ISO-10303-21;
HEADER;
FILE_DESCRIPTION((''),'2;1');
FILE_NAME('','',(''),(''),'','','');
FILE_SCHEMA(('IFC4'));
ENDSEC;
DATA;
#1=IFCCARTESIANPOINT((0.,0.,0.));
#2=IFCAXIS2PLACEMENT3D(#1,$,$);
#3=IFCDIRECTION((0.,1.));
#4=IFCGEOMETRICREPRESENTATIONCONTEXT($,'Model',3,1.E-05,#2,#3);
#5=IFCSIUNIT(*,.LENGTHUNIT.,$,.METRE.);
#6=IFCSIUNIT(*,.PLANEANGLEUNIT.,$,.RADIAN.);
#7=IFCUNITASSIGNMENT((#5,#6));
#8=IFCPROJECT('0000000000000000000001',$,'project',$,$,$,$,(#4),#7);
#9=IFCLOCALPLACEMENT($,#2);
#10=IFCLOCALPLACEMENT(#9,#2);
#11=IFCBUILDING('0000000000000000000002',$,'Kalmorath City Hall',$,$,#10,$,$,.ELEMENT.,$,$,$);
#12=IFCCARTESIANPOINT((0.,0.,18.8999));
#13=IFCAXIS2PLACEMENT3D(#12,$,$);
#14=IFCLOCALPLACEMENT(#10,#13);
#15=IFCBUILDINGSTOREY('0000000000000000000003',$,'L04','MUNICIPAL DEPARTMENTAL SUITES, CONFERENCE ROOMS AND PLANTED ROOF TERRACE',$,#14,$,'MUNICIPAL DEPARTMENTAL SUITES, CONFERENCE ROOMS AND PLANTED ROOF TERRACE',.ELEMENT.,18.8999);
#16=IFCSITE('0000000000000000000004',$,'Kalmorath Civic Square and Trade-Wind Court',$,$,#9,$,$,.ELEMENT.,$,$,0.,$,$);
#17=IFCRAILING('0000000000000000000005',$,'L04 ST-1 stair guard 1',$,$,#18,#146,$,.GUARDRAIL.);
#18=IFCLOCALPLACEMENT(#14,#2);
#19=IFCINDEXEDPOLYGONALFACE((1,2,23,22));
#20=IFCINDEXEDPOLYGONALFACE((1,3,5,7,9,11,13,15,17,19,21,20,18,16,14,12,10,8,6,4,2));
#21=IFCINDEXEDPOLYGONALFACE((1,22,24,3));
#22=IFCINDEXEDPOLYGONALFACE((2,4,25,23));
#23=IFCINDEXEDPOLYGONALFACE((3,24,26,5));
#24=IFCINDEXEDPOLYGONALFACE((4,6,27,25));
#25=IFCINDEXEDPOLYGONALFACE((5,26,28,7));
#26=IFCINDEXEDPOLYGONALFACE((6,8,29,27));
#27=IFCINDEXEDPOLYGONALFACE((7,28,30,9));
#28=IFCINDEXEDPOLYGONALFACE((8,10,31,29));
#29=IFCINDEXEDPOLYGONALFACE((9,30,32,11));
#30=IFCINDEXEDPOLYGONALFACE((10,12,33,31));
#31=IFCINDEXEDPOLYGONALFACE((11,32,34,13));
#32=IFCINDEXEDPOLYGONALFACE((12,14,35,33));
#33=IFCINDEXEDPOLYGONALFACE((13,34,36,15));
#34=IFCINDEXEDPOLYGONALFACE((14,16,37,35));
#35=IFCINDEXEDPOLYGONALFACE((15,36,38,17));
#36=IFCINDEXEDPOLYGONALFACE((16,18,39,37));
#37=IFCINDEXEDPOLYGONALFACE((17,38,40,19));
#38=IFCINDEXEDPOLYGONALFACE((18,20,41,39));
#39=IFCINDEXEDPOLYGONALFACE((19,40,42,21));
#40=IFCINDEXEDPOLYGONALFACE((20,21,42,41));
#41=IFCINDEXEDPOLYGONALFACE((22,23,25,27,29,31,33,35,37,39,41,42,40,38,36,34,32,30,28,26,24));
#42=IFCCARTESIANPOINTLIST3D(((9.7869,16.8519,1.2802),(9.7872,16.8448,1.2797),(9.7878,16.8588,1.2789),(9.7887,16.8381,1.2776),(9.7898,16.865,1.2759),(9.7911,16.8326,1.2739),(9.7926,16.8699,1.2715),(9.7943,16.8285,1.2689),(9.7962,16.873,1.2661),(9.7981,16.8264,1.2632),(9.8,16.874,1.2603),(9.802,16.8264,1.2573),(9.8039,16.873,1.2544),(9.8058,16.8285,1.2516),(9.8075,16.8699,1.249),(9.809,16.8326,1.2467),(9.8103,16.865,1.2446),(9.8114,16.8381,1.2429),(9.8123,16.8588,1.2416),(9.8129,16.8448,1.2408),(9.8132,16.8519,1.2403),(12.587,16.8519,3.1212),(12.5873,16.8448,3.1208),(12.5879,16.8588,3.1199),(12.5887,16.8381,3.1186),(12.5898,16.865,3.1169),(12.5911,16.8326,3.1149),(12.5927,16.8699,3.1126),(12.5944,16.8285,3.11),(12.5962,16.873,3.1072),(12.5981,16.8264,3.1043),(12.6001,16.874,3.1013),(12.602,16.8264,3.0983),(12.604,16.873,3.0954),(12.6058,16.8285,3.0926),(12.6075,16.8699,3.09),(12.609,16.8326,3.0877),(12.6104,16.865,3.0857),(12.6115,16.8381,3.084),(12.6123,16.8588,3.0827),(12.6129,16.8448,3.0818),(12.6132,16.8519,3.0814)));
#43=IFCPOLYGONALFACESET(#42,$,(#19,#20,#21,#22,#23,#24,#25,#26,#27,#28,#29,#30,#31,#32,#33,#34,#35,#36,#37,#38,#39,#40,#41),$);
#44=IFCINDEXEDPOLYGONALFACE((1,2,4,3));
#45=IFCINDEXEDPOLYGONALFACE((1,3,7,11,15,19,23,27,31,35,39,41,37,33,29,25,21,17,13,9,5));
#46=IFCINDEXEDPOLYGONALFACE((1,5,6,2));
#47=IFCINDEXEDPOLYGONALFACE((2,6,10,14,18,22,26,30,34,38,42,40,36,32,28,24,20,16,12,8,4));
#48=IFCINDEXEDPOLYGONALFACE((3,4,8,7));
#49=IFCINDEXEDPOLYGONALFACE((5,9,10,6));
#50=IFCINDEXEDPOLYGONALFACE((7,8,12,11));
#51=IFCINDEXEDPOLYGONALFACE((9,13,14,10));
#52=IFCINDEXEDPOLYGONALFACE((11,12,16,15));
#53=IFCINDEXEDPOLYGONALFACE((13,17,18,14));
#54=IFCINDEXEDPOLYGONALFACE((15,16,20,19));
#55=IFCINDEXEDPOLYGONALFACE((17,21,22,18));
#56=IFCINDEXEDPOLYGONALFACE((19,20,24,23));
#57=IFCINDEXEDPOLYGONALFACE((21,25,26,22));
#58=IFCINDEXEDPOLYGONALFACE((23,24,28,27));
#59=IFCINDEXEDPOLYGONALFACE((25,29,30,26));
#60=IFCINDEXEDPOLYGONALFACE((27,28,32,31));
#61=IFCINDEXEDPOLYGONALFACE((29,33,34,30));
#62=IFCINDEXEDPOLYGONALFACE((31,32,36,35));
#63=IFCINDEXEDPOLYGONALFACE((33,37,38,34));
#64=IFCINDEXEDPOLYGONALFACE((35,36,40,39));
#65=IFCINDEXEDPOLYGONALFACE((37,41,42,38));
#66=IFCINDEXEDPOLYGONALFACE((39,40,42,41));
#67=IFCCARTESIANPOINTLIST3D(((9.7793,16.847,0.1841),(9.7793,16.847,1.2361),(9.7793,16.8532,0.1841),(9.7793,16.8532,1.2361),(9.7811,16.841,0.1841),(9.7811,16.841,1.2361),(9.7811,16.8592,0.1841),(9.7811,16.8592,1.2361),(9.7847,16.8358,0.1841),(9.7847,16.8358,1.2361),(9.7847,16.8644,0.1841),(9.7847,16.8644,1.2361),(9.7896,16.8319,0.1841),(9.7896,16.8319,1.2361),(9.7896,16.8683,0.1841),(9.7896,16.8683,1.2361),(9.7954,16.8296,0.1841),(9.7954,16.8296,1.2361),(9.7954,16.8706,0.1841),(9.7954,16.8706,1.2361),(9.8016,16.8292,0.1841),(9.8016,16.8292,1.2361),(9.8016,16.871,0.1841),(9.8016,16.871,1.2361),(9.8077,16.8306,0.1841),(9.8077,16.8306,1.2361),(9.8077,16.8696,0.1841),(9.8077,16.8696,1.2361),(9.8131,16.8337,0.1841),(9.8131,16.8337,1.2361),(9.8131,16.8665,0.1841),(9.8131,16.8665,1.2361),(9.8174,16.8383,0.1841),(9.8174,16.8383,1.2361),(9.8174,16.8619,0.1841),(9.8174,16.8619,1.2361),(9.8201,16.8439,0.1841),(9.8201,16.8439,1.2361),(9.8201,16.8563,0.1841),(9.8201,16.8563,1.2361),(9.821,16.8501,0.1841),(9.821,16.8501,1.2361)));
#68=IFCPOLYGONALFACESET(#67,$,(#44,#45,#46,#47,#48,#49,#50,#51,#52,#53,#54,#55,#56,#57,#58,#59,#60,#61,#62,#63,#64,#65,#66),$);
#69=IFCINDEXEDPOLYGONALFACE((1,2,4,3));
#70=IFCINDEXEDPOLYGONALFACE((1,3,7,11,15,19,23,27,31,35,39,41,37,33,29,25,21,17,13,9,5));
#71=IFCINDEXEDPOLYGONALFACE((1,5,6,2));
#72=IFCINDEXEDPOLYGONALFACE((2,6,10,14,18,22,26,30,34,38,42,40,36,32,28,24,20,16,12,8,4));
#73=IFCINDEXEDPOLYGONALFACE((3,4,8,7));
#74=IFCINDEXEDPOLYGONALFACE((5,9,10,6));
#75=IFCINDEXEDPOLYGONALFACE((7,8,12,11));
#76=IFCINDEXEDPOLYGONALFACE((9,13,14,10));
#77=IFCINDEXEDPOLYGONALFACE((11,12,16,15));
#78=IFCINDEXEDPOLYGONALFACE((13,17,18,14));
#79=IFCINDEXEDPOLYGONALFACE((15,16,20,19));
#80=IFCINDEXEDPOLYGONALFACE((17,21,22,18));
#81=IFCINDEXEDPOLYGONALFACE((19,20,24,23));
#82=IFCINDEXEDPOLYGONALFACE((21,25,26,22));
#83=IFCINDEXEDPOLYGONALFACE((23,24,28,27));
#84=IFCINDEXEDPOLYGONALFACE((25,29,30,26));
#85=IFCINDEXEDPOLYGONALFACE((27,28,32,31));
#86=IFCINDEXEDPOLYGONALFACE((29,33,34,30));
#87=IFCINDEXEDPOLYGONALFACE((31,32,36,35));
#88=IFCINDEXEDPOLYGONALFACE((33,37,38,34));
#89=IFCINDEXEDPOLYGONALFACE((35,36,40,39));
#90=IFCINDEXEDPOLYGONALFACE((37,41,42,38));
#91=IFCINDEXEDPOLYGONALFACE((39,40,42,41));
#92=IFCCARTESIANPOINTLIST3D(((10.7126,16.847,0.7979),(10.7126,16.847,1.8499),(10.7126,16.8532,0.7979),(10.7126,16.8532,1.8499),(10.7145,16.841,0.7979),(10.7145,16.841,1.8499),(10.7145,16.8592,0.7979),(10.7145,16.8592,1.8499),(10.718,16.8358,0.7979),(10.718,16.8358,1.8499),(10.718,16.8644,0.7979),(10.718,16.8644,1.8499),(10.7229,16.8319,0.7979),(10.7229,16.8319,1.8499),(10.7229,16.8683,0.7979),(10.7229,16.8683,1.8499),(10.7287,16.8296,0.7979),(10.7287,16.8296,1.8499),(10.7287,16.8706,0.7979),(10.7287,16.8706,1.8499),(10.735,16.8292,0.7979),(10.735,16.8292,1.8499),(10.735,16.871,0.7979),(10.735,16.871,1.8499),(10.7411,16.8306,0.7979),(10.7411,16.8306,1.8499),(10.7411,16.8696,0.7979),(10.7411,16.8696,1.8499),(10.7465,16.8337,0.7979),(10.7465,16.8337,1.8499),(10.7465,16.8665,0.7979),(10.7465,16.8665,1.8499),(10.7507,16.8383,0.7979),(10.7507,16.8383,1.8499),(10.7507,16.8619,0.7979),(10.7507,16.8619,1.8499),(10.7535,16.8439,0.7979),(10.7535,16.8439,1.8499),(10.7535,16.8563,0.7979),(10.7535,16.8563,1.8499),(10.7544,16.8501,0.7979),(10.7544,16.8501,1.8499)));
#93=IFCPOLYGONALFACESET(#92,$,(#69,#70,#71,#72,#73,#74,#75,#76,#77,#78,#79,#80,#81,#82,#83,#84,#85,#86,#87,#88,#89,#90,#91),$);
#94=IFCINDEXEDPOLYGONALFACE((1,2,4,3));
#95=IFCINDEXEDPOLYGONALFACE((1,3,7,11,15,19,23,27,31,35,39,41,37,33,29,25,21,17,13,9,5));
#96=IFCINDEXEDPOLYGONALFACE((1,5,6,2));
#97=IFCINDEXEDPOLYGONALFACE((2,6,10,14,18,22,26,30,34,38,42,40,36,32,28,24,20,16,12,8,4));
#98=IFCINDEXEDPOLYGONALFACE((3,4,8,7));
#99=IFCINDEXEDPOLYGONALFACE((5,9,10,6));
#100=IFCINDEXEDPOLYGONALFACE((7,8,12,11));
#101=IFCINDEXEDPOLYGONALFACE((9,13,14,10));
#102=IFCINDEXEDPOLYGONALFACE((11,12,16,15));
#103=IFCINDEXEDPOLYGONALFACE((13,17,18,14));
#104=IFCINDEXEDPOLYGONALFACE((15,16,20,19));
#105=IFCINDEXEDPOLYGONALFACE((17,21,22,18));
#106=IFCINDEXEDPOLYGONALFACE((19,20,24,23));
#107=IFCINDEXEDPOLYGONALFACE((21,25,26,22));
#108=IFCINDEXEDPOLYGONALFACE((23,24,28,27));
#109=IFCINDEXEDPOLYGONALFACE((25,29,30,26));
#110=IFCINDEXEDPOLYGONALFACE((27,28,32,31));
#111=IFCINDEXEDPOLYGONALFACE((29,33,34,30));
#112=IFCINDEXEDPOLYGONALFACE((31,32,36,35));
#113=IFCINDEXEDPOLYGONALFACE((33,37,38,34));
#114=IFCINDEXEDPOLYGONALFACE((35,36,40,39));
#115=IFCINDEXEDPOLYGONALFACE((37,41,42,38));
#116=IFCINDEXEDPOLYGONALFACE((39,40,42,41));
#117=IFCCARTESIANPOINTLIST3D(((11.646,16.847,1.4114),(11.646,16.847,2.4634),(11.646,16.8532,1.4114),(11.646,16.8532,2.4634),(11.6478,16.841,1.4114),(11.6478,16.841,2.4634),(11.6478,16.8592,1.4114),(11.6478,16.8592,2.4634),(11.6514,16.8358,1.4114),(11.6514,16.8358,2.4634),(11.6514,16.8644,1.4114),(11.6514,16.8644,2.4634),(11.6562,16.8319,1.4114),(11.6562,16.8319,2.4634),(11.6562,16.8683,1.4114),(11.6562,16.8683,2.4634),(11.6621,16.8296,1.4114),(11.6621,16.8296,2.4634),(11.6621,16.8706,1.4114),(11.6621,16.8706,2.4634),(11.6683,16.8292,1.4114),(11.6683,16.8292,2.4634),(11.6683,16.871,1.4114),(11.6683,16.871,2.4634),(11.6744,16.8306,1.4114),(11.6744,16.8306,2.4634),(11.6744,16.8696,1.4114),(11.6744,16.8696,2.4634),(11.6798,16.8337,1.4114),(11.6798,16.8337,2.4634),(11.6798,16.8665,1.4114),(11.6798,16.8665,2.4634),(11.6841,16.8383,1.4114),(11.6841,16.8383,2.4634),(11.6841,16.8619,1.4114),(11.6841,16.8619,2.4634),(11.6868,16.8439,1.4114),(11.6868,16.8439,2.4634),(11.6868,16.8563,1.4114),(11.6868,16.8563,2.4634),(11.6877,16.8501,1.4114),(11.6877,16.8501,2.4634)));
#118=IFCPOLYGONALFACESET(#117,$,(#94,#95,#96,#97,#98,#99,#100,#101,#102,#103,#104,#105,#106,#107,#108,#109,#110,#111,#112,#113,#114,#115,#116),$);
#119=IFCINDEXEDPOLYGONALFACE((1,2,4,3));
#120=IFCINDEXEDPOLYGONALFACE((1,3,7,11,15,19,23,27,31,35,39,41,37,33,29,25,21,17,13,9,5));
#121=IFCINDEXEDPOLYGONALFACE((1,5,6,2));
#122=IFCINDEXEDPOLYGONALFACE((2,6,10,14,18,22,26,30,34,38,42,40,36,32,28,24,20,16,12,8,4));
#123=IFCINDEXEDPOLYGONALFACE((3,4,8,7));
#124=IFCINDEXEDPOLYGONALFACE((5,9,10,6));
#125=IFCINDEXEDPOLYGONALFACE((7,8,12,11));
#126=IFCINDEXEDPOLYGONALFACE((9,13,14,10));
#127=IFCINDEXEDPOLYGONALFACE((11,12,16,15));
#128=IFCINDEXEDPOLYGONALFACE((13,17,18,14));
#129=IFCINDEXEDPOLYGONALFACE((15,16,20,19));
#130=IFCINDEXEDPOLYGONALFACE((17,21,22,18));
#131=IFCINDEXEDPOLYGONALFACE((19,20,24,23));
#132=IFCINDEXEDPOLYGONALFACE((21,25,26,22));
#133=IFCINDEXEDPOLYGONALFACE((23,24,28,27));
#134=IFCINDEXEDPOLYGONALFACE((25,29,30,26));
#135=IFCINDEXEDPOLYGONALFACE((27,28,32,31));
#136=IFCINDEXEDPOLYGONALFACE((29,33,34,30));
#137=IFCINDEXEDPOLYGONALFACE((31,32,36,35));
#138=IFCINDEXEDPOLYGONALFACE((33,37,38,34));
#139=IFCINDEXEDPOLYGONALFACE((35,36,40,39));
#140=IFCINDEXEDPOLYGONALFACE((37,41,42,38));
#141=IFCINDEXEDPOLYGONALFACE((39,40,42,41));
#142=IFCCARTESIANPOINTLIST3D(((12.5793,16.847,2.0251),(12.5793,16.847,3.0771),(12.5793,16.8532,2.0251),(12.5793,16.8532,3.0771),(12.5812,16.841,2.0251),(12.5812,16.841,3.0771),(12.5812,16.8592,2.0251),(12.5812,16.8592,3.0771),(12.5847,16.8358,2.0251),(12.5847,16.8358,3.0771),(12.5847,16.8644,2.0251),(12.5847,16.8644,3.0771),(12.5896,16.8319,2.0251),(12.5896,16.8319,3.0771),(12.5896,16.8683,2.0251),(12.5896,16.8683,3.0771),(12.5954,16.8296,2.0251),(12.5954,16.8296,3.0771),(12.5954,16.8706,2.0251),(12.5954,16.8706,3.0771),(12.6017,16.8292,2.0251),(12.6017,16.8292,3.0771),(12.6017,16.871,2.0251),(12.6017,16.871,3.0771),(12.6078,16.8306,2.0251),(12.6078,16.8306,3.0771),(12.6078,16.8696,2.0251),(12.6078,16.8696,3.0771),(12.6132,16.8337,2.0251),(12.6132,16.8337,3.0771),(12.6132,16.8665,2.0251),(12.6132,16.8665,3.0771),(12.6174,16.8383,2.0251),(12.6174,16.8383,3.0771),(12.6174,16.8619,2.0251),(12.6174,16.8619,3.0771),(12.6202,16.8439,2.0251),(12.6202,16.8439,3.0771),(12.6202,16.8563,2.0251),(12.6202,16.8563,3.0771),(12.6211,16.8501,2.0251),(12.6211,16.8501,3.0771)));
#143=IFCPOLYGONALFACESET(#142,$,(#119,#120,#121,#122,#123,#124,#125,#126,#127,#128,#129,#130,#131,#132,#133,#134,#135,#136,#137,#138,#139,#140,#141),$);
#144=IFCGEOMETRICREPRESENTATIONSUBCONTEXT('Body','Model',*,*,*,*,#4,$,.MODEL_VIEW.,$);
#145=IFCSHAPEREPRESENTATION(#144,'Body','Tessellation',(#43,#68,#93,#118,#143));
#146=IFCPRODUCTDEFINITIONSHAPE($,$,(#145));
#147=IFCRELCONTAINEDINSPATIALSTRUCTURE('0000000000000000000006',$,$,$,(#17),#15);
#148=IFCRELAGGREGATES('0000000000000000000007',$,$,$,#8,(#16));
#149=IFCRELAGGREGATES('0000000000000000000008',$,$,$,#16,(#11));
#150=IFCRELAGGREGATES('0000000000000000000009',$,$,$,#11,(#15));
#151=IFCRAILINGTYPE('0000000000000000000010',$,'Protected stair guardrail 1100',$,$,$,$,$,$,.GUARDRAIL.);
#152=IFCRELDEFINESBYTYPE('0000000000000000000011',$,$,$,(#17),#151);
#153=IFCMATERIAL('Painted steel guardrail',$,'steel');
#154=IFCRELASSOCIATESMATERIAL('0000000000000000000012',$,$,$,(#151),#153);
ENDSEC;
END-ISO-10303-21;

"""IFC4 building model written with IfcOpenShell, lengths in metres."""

from ifc_helpers import new_model, si_unit, direction, frame, origin, origin_2d, place, context, subcontext, project, spatial, circle, extrude, material, type_object, element, save


model = new_model("IFC4")

# Units and contexts
model_context = context("Model", 3, precision=1e-05, world=origin(), true_north=direction((0.0, 1.0)))
body_context = subcontext(model_context, "Body", "Model", "MODEL_VIEW")
ifc_project = project(units=[si_unit("LENGTHUNIT", "METRE"), si_unit("PLANEANGLEUNIT", "RADIAN")], contexts=[model_context])

# Site, building, storey
site_placement = place(None, origin())
site = spatial("IfcSite", under=ifc_project, at=site_placement, Name="Kalmorath Civic Square and Trade-Wind Court", CompositionType="ELEMENT", RefElevation=0.0)
building_placement = place(site_placement, origin())
building = spatial("IfcBuilding", under=site, at=building_placement, Name="Kalmorath City Hall", CompositionType="ELEMENT")
storey_placement = place(building_placement, frame((0.0, 0.0, 18.8999)))
storey = spatial("IfcBuildingStorey", under=building, at=storey_placement, Name="L04", Description="MUNICIPAL DEPARTMENTAL SUITES, CONFERENCE ROOMS AND PLANTED ROOF TERRACE", LongName="MUNICIPAL DEPARTMENTAL SUITES, CONFERENCE ROOMS AND PLANTED ROOF TERRACE", CompositionType="ELEMENT", Elevation=18.8999)

# Railing
ifc_material_1 = material(Name="Painted steel guardrail", Category="steel")
railing_type_1 = type_object("IfcRailingType", Name="Protected stair guardrail 1100", PredefinedType="GUARDRAIL", material=ifc_material_1)
railing_1_placement = place(storey_placement, frame((9.8, 16.8501, 0.1841)))
element("IfcRailing", 1, at=railing_1_placement, inside=storey, type_object=railing_type_1, Name="L04 ST-1 stair guard 1", PredefinedType="GUARDRAIL", context=body_context, shape_type="SweptSolid", body=[
    extrude(circle(Radius=0.0239, at=origin_2d()), frame((0.0, 0.0, 1.0762), z_axis=(0.835564, 0.0, 0.549393), x_axis=(0.0, 1.0, 0.0)), (0.0, 0.0, 1.0), 3.3511),
    extrude(circle(Radius=0.021, at=origin_2d()), origin(), (0.0, 0.0, 1.0), 1.052),
    extrude(circle(Radius=0.021, at=origin_2d()), frame((0.9333, 0.0, 0.6138)), (0.0, 0.0, 1.0), 1.052),
    extrude(circle(Radius=0.021, at=origin_2d()), frame((1.8667, 0.0, 1.2273)), (0.0, 0.0, 1.0), 1.052),
    extrude(circle(Radius=0.021, at=origin_2d()), frame((2.8, 0.0, 1.8411)), (0.0, 0.0, 1.0), 1.052),
])

save(model, "model.ifc")
